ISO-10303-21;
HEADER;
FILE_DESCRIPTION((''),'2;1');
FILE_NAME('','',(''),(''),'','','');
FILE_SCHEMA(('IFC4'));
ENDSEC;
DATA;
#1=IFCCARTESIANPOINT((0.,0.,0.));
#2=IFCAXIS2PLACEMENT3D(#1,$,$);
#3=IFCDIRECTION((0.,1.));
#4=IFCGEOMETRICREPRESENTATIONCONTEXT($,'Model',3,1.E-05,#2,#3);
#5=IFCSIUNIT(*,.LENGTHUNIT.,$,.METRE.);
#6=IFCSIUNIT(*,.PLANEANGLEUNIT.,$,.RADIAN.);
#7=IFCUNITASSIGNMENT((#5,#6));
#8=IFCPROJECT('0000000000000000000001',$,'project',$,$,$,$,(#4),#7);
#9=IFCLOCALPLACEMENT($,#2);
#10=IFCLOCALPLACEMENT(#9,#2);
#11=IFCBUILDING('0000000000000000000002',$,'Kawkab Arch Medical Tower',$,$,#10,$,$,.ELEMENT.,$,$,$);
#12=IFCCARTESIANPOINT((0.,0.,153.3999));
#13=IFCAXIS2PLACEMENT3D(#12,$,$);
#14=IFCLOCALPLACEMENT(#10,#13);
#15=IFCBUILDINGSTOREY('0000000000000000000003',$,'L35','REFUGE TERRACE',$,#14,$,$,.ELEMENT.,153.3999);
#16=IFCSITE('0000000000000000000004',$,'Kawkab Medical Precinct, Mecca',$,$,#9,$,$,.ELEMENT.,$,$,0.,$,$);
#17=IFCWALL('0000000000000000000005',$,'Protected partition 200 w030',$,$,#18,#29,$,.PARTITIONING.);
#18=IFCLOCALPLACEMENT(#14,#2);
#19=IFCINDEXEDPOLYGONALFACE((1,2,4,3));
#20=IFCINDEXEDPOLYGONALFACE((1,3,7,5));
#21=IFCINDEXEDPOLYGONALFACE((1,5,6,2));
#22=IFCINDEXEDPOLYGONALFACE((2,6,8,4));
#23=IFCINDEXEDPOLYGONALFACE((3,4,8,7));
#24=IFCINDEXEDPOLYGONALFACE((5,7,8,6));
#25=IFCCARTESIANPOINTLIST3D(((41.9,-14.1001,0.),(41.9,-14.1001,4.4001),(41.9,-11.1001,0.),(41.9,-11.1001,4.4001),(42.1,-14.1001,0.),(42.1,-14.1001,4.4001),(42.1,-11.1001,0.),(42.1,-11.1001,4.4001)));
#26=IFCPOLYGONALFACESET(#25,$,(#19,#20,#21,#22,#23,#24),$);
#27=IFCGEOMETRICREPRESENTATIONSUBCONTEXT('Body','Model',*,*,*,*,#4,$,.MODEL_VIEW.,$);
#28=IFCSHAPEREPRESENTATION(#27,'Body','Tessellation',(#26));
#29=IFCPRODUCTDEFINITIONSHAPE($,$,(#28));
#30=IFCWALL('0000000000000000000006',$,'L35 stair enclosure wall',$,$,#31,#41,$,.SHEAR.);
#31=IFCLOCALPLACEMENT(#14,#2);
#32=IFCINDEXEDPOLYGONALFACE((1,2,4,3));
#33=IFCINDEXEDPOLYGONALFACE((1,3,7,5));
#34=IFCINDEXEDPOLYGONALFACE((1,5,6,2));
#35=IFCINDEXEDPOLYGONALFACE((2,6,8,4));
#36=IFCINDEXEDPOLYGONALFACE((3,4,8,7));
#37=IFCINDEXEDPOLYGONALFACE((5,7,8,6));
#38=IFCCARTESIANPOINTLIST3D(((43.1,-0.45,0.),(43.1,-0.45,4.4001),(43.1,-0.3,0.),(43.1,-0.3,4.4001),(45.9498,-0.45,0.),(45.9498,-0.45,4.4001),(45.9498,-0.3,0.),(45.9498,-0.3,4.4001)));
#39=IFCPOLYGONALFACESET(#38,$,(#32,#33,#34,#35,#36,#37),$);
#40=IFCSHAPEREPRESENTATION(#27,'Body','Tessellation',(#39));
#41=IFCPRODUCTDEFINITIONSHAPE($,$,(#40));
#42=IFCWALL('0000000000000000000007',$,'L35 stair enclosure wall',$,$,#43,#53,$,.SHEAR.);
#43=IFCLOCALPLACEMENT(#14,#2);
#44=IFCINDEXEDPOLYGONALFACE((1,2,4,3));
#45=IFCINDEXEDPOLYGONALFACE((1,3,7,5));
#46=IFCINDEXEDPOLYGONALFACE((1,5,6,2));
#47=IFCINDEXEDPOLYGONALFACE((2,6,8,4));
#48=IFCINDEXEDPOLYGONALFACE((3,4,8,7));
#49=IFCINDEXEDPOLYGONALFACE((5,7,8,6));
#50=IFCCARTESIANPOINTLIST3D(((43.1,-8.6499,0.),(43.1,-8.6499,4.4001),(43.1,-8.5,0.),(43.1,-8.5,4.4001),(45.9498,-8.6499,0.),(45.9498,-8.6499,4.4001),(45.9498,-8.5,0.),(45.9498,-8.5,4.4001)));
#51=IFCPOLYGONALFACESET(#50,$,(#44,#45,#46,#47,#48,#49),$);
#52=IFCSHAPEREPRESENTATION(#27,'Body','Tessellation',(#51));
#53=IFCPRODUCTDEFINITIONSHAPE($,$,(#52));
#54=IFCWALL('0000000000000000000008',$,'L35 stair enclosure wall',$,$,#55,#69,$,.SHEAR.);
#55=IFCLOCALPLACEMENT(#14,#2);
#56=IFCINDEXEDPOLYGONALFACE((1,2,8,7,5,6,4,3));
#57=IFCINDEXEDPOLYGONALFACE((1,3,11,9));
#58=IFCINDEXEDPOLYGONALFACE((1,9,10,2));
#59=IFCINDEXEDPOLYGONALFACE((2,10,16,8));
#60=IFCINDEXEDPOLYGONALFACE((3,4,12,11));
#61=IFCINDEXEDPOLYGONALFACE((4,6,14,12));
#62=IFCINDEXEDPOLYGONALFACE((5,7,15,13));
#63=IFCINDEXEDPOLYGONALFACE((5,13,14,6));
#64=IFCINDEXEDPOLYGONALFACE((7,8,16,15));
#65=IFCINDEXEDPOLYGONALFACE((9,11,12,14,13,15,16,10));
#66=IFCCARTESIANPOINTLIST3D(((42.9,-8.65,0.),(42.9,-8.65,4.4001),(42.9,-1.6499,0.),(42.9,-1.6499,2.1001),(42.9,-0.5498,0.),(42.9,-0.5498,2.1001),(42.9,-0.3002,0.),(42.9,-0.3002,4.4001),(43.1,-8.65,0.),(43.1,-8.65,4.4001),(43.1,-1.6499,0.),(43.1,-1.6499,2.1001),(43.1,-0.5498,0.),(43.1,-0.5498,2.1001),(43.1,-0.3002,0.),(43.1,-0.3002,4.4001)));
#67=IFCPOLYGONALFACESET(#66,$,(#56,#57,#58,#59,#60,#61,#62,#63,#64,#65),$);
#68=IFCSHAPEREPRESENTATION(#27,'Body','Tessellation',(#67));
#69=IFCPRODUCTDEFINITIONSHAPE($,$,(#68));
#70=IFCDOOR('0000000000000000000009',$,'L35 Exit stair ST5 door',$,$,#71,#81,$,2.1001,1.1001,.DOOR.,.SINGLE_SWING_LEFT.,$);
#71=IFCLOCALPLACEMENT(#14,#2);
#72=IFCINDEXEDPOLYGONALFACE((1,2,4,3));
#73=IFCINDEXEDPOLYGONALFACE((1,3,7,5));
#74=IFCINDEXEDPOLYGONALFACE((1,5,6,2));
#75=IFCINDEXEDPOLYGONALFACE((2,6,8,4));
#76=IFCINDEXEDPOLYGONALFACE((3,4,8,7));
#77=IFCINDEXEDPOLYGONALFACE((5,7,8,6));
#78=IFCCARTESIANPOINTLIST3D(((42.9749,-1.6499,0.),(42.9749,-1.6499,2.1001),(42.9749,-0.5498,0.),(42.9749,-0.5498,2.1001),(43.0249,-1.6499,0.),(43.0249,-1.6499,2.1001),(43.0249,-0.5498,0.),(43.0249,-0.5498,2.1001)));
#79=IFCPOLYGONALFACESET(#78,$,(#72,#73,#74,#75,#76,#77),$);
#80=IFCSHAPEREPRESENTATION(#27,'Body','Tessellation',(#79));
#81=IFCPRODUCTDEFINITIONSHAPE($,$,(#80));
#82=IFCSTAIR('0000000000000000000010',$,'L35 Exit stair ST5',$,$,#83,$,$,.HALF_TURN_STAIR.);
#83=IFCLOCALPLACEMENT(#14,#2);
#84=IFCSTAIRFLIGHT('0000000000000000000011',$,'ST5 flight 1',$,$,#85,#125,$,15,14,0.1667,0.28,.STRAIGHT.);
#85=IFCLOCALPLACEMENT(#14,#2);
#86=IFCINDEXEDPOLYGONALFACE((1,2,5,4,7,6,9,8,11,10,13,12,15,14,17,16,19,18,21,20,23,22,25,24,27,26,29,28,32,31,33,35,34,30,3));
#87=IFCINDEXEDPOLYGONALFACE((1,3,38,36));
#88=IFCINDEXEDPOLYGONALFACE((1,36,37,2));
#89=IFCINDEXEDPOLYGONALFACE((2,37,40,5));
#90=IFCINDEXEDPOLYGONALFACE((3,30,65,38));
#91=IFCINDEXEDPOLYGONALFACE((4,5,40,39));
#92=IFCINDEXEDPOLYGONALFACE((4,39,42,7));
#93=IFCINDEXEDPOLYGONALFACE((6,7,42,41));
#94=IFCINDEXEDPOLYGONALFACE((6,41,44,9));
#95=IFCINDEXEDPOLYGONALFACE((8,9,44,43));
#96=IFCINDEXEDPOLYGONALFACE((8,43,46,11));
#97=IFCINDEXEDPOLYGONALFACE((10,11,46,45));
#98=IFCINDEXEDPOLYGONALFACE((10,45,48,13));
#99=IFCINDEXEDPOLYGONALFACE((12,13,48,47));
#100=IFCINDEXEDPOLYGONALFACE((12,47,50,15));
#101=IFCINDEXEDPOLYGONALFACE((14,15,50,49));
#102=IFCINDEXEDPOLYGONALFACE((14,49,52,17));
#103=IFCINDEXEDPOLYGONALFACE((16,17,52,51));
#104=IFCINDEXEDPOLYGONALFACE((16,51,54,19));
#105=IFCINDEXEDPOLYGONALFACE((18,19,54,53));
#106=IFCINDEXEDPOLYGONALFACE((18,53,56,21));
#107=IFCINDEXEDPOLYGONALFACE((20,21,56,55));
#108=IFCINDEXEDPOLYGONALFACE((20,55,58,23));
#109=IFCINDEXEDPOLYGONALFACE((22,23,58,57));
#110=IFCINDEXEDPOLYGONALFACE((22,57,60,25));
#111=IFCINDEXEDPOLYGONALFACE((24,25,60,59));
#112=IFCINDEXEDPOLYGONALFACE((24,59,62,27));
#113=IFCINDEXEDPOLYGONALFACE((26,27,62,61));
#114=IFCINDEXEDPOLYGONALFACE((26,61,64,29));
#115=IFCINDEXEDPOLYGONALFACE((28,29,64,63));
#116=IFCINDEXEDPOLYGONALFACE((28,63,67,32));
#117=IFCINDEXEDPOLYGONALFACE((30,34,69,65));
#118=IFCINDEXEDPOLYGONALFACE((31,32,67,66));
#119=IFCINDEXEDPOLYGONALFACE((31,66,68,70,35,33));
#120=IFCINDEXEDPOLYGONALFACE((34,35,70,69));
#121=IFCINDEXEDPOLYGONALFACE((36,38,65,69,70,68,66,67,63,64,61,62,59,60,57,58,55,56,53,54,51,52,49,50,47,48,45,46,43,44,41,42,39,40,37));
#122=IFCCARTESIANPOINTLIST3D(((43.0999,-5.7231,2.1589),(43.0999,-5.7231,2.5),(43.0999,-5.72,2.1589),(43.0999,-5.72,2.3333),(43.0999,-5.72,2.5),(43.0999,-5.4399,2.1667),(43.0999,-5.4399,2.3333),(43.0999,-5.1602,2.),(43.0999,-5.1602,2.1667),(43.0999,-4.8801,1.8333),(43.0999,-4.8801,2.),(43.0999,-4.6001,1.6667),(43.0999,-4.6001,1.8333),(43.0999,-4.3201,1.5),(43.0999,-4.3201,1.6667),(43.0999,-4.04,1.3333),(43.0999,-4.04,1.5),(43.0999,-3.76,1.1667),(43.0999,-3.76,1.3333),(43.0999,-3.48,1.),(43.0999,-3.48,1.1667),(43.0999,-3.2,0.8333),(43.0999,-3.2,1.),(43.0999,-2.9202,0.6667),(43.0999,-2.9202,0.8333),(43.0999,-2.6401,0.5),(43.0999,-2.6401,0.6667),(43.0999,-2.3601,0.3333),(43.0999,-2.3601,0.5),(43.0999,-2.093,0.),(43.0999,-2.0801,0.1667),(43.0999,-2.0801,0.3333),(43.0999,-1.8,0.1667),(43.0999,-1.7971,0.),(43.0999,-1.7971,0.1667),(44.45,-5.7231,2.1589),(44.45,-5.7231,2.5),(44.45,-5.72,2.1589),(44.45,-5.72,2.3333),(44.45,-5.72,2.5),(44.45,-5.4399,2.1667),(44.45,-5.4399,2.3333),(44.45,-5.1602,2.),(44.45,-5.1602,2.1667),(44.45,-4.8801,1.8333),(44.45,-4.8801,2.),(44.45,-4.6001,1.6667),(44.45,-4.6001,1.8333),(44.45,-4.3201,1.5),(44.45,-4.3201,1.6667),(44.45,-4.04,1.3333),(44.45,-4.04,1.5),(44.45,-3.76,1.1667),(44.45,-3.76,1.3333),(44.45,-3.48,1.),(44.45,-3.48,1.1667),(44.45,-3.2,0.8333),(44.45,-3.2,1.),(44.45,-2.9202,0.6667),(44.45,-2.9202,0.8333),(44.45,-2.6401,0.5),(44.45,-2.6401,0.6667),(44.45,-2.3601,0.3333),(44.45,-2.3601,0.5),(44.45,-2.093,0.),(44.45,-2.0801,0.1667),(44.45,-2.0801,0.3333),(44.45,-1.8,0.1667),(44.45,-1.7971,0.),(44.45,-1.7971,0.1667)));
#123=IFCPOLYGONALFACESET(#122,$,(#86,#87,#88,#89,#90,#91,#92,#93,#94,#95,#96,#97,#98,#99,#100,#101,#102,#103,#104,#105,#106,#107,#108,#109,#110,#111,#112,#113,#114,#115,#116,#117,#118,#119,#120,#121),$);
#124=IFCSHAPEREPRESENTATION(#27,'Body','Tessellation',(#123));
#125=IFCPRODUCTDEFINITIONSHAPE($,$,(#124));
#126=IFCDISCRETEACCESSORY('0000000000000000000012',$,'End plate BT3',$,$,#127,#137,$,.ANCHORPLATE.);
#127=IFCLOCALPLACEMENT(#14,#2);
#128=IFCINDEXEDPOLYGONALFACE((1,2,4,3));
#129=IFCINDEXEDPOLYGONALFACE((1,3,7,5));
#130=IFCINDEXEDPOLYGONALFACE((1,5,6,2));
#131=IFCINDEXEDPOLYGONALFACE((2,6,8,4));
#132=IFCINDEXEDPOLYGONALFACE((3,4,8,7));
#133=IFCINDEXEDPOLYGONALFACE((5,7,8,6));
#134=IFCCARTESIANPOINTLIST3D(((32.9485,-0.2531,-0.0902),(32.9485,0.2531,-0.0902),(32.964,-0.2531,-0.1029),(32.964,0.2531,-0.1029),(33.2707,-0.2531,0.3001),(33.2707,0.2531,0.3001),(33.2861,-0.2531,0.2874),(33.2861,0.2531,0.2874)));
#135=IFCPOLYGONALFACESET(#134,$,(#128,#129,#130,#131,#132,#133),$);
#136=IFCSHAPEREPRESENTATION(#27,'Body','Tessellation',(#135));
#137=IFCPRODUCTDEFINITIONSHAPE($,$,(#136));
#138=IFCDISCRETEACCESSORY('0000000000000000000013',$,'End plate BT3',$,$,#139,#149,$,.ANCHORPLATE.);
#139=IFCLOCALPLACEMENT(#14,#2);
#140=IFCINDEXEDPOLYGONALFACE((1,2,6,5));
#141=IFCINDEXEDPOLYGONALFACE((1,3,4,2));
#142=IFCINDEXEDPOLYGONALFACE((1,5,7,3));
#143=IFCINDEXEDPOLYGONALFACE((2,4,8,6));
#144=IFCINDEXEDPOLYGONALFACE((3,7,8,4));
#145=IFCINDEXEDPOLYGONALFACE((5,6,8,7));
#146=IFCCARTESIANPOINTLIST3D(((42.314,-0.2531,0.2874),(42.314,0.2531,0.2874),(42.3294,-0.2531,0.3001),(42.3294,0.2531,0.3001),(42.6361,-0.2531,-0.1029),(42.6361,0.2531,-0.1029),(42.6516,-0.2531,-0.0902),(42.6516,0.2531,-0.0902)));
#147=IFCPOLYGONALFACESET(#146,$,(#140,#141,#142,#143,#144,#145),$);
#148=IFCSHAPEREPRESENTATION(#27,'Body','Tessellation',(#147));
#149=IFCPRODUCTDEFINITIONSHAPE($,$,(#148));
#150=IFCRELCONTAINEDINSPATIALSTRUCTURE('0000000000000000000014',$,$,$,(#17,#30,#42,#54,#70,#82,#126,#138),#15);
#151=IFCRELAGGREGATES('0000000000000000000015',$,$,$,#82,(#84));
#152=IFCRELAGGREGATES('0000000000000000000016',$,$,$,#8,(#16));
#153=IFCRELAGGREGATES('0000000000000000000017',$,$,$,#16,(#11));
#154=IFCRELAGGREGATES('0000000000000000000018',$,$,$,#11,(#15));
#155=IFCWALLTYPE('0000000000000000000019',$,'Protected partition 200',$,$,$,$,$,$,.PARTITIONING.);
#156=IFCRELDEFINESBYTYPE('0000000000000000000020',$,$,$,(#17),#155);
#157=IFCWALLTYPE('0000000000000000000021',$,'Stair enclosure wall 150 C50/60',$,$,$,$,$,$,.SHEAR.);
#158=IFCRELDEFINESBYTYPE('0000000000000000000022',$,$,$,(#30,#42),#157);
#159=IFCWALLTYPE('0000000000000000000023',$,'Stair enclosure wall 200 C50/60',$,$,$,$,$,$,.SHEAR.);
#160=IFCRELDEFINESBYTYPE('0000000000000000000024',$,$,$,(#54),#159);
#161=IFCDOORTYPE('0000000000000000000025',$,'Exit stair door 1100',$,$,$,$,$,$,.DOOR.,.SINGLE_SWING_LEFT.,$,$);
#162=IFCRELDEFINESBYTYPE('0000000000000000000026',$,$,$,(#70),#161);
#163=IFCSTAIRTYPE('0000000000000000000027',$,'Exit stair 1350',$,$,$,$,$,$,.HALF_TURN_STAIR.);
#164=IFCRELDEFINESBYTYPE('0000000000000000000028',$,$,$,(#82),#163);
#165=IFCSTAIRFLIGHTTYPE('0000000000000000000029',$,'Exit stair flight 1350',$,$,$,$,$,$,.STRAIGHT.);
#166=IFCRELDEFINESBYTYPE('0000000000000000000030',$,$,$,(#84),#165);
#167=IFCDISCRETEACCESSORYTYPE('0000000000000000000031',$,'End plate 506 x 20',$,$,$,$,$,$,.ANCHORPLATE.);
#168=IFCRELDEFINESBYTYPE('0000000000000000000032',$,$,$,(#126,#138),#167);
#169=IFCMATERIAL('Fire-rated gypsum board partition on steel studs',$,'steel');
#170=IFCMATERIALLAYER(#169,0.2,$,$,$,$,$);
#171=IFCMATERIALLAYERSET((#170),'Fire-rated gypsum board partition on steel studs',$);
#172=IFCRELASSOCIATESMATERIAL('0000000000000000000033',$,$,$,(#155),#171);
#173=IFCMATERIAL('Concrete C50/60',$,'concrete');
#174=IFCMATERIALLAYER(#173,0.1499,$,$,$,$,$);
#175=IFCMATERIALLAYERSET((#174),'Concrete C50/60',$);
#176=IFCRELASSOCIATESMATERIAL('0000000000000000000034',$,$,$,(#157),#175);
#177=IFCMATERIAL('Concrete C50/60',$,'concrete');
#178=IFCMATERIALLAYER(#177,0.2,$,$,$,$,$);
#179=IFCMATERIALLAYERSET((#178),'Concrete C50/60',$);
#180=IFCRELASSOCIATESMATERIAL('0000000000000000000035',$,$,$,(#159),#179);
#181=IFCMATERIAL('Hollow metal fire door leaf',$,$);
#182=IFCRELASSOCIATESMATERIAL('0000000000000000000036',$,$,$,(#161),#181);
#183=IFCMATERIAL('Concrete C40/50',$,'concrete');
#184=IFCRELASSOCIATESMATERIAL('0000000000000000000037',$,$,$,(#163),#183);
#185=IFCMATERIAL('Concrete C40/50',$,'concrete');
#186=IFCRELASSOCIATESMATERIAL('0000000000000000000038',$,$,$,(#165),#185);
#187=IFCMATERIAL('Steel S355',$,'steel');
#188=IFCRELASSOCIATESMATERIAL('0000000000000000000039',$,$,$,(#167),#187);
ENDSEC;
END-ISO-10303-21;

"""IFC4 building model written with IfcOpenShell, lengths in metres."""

from ifc_helpers import new_model, si_unit, direction, frame, frame_2d, origin, origin_2d, place, context, subcontext, project, spatial, polyline, rectangle, outline, extrude, material, layer, layer_set, material_profile, profile_set, type_object, element, fill, aggregate, save


model = new_model("IFC4")

# Units and contexts
model_context = context("Model", 3, precision=1e-05, world=origin(), true_north=direction((0.0, 1.0)))
body_context = subcontext(model_context, "Body", "Model", "MODEL_VIEW")
ifc_project = project(units=[si_unit("LENGTHUNIT", "METRE"), si_unit("PLANEANGLEUNIT", "RADIAN")], contexts=[model_context])

# Site, building, storey
site_placement = place(None, origin())
site = spatial("IfcSite", under=ifc_project, at=site_placement, Name="Kawkab Medical Precinct, Mecca", CompositionType="ELEMENT", RefElevation=0.0)
building_placement = place(site_placement, origin())
building = spatial("IfcBuilding", under=site, at=building_placement, Name="Kawkab Arch Medical Tower", CompositionType="ELEMENT")
storey_placement = place(building_placement, frame((0.0, 0.0, 153.3999)))
storey = spatial("IfcBuildingStorey", under=building, at=storey_placement, Name="L35", Description="REFUGE TERRACE", CompositionType="ELEMENT", Elevation=153.3999)

# Shared definitions
ifc_material_1 = material(Name="Fire-rated gypsum board partition on steel studs", Category="steel")
ifc_layer_1 = layer(ifc_material_1, 0.2)
ifc_layer_set_1 = layer_set([ifc_layer_1], Name="Fire-rated gypsum board partition on steel studs")
wall_type_1 = type_object("IfcWallType", Name="Protected partition 200", PredefinedType="PARTITIONING", material=ifc_layer_set_1)

# Walls
wall_1_placement = place(storey_placement, frame((42.0, -14.1001, 0.0), z_axis=(0.0, 0.0, 1.0), x_axis=(0.0, 1.0, 0.0)))
element("IfcWall", 1, at=wall_1_placement, inside=storey, type_object=wall_type_1, Name="Protected partition 200 w030", PredefinedType="PARTITIONING", context=body_context, shape_type="SweptSolid", body=[
    extrude(rectangle(XDim=3.0, YDim=0.2, at=frame_2d((1.5, 0.0))), origin(), (0.0, 0.0, 1.0), 4.4001),
])
ifc_material_2 = material(Name="Concrete C50/60", Category="concrete")
ifc_layer_2 = layer(ifc_material_2, 0.1499)
ifc_layer_set_2 = layer_set([ifc_layer_2], Name="Concrete C50/60")
wall_type_2 = type_object("IfcWallType", Name="Stair enclosure wall 150 C50/60", PredefinedType="SHEAR", material=ifc_layer_set_2)
for number, where, z_axis, x_axis, name in (
    (2, (43.1001, -0.375, 0.0), (0.0, 0.0, 1.0), (1.0, 0.0, 0.0), "L35 stair enclosure wall"),
    (3, (43.1001, -8.575, 0.0), (0.0, 0.0, 1.0), (1.0, 0.0, 0.0), "L35 stair enclosure wall"),
):
    element("IfcWall", number, at=place(storey_placement, frame(where, z_axis=z_axis, x_axis=x_axis)), inside=storey, type_object=wall_type_2, Name=name, PredefinedType="SHEAR", context=body_context, shape_type="SweptSolid", body=[
        extrude(rectangle(XDim=2.8499, YDim=0.1499, at=frame_2d((1.4248, 0.0))), origin(), (0.0, 0.0, 1.0), 4.4001),
    ])

# Wall, opening, door
ifc_material_3 = material(Name="Concrete C50/60", Category="concrete")
ifc_layer_3 = layer(ifc_material_3, 0.2)
ifc_layer_set_3 = layer_set([ifc_layer_3], Name="Concrete C50/60")
wall_type_3 = type_object("IfcWallType", Name="Stair enclosure wall 200 C50/60", PredefinedType="SHEAR", material=ifc_layer_set_3)
wall_2_placement = place(storey_placement, frame((43.0, -8.6499, 0.0), z_axis=(0.0, 0.0, 1.0), x_axis=(0.0, 1.0, 0.0)))
wall_2 = element("IfcWall", 4, at=wall_2_placement, inside=storey, type_object=wall_type_3, Name="L35 stair enclosure wall", PredefinedType="SHEAR", context=body_context, shape_type="SweptSolid", body=[
    extrude(rectangle(XDim=8.3499, YDim=0.2, at=frame_2d((4.1748, 0.0))), origin(), (0.0, 0.0, 1.0), 4.4001),
])
opening_1_placement = place(wall_2_placement, frame((7.0, 0.0, 0.0)))
opening_1 = element("IfcOpeningElement", 5, at=opening_1_placement, cuts=wall_2, PredefinedType="OPENING", context=body_context, shape_type="SweptSolid", body=[
    extrude(rectangle(XDim=1.1001, YDim=2.1001, at=frame_2d((0.55, 1.05))), frame((0.0, 0.1099, 0.0), z_axis=(0.0, -1.0, 0.0), x_axis=(1.0, 0.0, 0.0)), (0.0, 0.0, 1.0), 0.22),
])
ifc_material_4 = material(Name="Hollow metal fire door leaf")
door_type_1 = type_object("IfcDoorType", Name="Exit stair door 1100", OperationType="SINGLE_SWING_LEFT", PredefinedType="DOOR", material=ifc_material_4)
door_1_placement = place(opening_1_placement, frame((1.1001, 0.0, 0.0), z_axis=(0.0, 0.0, 1.0), x_axis=(-1.0, 0.0, 0.0)))
door_1 = element("IfcDoor", 6, at=door_1_placement, inside=storey, type_object=door_type_1, Name="L35 Exit stair ST5 door", OperationType="SINGLE_SWING_LEFT", OverallHeight=2.1001, OverallWidth=1.1001, PredefinedType="DOOR", context=body_context, shape_type="SweptSolid", body=[
    extrude(rectangle(XDim=1.1001, YDim=2.1001, at=frame_2d((0.55, 1.05))), frame((0.0, 0.0249, 0.0), z_axis=(0.0, -1.0, 0.0), x_axis=(1.0, 0.0, 0.0)), (0.0, 0.0, 1.0), 0.05),
])
fill(opening_1, door_1)

# Stair, stair flight
ifc_material_5 = material(Name="Concrete C40/50", Category="concrete")
stair_type = type_object("IfcStairType", Name="Exit stair 1350", PredefinedType="HALF_TURN_STAIR", material=ifc_material_5)
stair_placement = place(storey_placement, origin())
stair = element("IfcStair", 7, at=stair_placement, inside=storey, type_object=stair_type, Name="L35 Exit stair ST5", PredefinedType="HALF_TURN_STAIR")
ifc_material_6 = material(Name="Concrete C40/50", Category="concrete")
stair_flight_type = type_object("IfcStairFlightType", Name="Exit stair flight 1350", PredefinedType="STRAIGHT", material=ifc_material_6)
stair_flight_placement = place(storey_placement, frame((43.7749, -1.8, 0.0), z_axis=(0.0, 0.0, 1.0), x_axis=(0.0, -1.0, 0.0)))
stair_flight = element("IfcStairFlight", 8, at=stair_flight_placement, type_object=stair_flight_type, Name="ST5 flight 1", NumberOfRisers=15, NumberOfTreads=14, PredefinedType="STRAIGHT", RiserHeight=0.1667, TreadLength=0.28, context=body_context, shape_type="SweptSolid", body=[
    extrude(outline(polyline([(-0.0029, 0.0), (-0.0029, 0.1667), (0.0, 0.1667), (0.28, 0.1667), (0.28, 0.3333), (0.5601, 0.3333), (0.5601, 0.5), (0.8401, 0.5), (0.8401, 0.6667), (1.1201, 0.6667), (1.1201, 0.8333), (1.3999, 0.8333), (1.3999, 1.0), (1.6799, 1.0), (1.6799, 1.1667), (1.96, 1.1667), (1.96, 1.3333), (2.24, 1.3333), (2.24, 1.5), (2.52, 1.5), (2.52, 1.6667), (2.8, 1.6667), (2.8, 1.8333), (3.0801, 1.8333), (3.0801, 2.0), (3.3601, 2.0), (3.3601, 2.1667), (3.6399, 2.1667), (3.6399, 2.3333), (3.9199, 2.3333), (3.9199, 2.5), (3.9231, 2.5), (3.9231, 2.1589), (3.9199, 2.1589), (0.293, 0.0), (-0.0029, 0.0)])), frame((0.0, 0.675, 0.0), z_axis=(0.0, -1.0, 0.0), x_axis=(1.0, 0.0, 0.0)), (0.0, 0.0, 1.0), 1.3501),
])
aggregate(stair, [stair_flight])

# Discrete accessories
ifc_material_7 = material(Name="Steel S355", Category="steel")
ifc_material_profile_1 = material_profile(ifc_material_7, rectangle(XDim=0.5061, YDim=0.5061, at=origin_2d()), Name="End plate 506 x 20")
ifc_profile_set_1 = profile_set([ifc_material_profile_1], Name="Steel S355")
discrete_accessory_type = type_object("IfcDiscreteAccessoryType", Name="End plate 506 x 20", PredefinedType="ANCHORPLATE", material=ifc_profile_set_1)
for number, where, z_axis, x_axis, name in (
    (9, (33.1096, 0.0, 0.105), (0.771223, 0.0, -0.636565), (0.0, 1.0, 0.0), "End plate BT3"),
    (10, (42.4905, 0.0, 0.105), (-0.771223, 0.0, -0.636565), (0.0, -1.0, 0.0), "End plate BT3"),
):
    element("IfcDiscreteAccessory", number, at=place(storey_placement, frame(where, z_axis=z_axis, x_axis=x_axis)), inside=storey, type_object=discrete_accessory_type, Name=name, PredefinedType="ANCHORPLATE", context=body_context, shape_type="SweptSolid", body=[
        extrude(rectangle(XDim=0.5061, YDim=0.5061, at=origin_2d()), origin(), (0.0, 0.0, 1.0), 0.02),
    ])

save(model, "model.ifc")
